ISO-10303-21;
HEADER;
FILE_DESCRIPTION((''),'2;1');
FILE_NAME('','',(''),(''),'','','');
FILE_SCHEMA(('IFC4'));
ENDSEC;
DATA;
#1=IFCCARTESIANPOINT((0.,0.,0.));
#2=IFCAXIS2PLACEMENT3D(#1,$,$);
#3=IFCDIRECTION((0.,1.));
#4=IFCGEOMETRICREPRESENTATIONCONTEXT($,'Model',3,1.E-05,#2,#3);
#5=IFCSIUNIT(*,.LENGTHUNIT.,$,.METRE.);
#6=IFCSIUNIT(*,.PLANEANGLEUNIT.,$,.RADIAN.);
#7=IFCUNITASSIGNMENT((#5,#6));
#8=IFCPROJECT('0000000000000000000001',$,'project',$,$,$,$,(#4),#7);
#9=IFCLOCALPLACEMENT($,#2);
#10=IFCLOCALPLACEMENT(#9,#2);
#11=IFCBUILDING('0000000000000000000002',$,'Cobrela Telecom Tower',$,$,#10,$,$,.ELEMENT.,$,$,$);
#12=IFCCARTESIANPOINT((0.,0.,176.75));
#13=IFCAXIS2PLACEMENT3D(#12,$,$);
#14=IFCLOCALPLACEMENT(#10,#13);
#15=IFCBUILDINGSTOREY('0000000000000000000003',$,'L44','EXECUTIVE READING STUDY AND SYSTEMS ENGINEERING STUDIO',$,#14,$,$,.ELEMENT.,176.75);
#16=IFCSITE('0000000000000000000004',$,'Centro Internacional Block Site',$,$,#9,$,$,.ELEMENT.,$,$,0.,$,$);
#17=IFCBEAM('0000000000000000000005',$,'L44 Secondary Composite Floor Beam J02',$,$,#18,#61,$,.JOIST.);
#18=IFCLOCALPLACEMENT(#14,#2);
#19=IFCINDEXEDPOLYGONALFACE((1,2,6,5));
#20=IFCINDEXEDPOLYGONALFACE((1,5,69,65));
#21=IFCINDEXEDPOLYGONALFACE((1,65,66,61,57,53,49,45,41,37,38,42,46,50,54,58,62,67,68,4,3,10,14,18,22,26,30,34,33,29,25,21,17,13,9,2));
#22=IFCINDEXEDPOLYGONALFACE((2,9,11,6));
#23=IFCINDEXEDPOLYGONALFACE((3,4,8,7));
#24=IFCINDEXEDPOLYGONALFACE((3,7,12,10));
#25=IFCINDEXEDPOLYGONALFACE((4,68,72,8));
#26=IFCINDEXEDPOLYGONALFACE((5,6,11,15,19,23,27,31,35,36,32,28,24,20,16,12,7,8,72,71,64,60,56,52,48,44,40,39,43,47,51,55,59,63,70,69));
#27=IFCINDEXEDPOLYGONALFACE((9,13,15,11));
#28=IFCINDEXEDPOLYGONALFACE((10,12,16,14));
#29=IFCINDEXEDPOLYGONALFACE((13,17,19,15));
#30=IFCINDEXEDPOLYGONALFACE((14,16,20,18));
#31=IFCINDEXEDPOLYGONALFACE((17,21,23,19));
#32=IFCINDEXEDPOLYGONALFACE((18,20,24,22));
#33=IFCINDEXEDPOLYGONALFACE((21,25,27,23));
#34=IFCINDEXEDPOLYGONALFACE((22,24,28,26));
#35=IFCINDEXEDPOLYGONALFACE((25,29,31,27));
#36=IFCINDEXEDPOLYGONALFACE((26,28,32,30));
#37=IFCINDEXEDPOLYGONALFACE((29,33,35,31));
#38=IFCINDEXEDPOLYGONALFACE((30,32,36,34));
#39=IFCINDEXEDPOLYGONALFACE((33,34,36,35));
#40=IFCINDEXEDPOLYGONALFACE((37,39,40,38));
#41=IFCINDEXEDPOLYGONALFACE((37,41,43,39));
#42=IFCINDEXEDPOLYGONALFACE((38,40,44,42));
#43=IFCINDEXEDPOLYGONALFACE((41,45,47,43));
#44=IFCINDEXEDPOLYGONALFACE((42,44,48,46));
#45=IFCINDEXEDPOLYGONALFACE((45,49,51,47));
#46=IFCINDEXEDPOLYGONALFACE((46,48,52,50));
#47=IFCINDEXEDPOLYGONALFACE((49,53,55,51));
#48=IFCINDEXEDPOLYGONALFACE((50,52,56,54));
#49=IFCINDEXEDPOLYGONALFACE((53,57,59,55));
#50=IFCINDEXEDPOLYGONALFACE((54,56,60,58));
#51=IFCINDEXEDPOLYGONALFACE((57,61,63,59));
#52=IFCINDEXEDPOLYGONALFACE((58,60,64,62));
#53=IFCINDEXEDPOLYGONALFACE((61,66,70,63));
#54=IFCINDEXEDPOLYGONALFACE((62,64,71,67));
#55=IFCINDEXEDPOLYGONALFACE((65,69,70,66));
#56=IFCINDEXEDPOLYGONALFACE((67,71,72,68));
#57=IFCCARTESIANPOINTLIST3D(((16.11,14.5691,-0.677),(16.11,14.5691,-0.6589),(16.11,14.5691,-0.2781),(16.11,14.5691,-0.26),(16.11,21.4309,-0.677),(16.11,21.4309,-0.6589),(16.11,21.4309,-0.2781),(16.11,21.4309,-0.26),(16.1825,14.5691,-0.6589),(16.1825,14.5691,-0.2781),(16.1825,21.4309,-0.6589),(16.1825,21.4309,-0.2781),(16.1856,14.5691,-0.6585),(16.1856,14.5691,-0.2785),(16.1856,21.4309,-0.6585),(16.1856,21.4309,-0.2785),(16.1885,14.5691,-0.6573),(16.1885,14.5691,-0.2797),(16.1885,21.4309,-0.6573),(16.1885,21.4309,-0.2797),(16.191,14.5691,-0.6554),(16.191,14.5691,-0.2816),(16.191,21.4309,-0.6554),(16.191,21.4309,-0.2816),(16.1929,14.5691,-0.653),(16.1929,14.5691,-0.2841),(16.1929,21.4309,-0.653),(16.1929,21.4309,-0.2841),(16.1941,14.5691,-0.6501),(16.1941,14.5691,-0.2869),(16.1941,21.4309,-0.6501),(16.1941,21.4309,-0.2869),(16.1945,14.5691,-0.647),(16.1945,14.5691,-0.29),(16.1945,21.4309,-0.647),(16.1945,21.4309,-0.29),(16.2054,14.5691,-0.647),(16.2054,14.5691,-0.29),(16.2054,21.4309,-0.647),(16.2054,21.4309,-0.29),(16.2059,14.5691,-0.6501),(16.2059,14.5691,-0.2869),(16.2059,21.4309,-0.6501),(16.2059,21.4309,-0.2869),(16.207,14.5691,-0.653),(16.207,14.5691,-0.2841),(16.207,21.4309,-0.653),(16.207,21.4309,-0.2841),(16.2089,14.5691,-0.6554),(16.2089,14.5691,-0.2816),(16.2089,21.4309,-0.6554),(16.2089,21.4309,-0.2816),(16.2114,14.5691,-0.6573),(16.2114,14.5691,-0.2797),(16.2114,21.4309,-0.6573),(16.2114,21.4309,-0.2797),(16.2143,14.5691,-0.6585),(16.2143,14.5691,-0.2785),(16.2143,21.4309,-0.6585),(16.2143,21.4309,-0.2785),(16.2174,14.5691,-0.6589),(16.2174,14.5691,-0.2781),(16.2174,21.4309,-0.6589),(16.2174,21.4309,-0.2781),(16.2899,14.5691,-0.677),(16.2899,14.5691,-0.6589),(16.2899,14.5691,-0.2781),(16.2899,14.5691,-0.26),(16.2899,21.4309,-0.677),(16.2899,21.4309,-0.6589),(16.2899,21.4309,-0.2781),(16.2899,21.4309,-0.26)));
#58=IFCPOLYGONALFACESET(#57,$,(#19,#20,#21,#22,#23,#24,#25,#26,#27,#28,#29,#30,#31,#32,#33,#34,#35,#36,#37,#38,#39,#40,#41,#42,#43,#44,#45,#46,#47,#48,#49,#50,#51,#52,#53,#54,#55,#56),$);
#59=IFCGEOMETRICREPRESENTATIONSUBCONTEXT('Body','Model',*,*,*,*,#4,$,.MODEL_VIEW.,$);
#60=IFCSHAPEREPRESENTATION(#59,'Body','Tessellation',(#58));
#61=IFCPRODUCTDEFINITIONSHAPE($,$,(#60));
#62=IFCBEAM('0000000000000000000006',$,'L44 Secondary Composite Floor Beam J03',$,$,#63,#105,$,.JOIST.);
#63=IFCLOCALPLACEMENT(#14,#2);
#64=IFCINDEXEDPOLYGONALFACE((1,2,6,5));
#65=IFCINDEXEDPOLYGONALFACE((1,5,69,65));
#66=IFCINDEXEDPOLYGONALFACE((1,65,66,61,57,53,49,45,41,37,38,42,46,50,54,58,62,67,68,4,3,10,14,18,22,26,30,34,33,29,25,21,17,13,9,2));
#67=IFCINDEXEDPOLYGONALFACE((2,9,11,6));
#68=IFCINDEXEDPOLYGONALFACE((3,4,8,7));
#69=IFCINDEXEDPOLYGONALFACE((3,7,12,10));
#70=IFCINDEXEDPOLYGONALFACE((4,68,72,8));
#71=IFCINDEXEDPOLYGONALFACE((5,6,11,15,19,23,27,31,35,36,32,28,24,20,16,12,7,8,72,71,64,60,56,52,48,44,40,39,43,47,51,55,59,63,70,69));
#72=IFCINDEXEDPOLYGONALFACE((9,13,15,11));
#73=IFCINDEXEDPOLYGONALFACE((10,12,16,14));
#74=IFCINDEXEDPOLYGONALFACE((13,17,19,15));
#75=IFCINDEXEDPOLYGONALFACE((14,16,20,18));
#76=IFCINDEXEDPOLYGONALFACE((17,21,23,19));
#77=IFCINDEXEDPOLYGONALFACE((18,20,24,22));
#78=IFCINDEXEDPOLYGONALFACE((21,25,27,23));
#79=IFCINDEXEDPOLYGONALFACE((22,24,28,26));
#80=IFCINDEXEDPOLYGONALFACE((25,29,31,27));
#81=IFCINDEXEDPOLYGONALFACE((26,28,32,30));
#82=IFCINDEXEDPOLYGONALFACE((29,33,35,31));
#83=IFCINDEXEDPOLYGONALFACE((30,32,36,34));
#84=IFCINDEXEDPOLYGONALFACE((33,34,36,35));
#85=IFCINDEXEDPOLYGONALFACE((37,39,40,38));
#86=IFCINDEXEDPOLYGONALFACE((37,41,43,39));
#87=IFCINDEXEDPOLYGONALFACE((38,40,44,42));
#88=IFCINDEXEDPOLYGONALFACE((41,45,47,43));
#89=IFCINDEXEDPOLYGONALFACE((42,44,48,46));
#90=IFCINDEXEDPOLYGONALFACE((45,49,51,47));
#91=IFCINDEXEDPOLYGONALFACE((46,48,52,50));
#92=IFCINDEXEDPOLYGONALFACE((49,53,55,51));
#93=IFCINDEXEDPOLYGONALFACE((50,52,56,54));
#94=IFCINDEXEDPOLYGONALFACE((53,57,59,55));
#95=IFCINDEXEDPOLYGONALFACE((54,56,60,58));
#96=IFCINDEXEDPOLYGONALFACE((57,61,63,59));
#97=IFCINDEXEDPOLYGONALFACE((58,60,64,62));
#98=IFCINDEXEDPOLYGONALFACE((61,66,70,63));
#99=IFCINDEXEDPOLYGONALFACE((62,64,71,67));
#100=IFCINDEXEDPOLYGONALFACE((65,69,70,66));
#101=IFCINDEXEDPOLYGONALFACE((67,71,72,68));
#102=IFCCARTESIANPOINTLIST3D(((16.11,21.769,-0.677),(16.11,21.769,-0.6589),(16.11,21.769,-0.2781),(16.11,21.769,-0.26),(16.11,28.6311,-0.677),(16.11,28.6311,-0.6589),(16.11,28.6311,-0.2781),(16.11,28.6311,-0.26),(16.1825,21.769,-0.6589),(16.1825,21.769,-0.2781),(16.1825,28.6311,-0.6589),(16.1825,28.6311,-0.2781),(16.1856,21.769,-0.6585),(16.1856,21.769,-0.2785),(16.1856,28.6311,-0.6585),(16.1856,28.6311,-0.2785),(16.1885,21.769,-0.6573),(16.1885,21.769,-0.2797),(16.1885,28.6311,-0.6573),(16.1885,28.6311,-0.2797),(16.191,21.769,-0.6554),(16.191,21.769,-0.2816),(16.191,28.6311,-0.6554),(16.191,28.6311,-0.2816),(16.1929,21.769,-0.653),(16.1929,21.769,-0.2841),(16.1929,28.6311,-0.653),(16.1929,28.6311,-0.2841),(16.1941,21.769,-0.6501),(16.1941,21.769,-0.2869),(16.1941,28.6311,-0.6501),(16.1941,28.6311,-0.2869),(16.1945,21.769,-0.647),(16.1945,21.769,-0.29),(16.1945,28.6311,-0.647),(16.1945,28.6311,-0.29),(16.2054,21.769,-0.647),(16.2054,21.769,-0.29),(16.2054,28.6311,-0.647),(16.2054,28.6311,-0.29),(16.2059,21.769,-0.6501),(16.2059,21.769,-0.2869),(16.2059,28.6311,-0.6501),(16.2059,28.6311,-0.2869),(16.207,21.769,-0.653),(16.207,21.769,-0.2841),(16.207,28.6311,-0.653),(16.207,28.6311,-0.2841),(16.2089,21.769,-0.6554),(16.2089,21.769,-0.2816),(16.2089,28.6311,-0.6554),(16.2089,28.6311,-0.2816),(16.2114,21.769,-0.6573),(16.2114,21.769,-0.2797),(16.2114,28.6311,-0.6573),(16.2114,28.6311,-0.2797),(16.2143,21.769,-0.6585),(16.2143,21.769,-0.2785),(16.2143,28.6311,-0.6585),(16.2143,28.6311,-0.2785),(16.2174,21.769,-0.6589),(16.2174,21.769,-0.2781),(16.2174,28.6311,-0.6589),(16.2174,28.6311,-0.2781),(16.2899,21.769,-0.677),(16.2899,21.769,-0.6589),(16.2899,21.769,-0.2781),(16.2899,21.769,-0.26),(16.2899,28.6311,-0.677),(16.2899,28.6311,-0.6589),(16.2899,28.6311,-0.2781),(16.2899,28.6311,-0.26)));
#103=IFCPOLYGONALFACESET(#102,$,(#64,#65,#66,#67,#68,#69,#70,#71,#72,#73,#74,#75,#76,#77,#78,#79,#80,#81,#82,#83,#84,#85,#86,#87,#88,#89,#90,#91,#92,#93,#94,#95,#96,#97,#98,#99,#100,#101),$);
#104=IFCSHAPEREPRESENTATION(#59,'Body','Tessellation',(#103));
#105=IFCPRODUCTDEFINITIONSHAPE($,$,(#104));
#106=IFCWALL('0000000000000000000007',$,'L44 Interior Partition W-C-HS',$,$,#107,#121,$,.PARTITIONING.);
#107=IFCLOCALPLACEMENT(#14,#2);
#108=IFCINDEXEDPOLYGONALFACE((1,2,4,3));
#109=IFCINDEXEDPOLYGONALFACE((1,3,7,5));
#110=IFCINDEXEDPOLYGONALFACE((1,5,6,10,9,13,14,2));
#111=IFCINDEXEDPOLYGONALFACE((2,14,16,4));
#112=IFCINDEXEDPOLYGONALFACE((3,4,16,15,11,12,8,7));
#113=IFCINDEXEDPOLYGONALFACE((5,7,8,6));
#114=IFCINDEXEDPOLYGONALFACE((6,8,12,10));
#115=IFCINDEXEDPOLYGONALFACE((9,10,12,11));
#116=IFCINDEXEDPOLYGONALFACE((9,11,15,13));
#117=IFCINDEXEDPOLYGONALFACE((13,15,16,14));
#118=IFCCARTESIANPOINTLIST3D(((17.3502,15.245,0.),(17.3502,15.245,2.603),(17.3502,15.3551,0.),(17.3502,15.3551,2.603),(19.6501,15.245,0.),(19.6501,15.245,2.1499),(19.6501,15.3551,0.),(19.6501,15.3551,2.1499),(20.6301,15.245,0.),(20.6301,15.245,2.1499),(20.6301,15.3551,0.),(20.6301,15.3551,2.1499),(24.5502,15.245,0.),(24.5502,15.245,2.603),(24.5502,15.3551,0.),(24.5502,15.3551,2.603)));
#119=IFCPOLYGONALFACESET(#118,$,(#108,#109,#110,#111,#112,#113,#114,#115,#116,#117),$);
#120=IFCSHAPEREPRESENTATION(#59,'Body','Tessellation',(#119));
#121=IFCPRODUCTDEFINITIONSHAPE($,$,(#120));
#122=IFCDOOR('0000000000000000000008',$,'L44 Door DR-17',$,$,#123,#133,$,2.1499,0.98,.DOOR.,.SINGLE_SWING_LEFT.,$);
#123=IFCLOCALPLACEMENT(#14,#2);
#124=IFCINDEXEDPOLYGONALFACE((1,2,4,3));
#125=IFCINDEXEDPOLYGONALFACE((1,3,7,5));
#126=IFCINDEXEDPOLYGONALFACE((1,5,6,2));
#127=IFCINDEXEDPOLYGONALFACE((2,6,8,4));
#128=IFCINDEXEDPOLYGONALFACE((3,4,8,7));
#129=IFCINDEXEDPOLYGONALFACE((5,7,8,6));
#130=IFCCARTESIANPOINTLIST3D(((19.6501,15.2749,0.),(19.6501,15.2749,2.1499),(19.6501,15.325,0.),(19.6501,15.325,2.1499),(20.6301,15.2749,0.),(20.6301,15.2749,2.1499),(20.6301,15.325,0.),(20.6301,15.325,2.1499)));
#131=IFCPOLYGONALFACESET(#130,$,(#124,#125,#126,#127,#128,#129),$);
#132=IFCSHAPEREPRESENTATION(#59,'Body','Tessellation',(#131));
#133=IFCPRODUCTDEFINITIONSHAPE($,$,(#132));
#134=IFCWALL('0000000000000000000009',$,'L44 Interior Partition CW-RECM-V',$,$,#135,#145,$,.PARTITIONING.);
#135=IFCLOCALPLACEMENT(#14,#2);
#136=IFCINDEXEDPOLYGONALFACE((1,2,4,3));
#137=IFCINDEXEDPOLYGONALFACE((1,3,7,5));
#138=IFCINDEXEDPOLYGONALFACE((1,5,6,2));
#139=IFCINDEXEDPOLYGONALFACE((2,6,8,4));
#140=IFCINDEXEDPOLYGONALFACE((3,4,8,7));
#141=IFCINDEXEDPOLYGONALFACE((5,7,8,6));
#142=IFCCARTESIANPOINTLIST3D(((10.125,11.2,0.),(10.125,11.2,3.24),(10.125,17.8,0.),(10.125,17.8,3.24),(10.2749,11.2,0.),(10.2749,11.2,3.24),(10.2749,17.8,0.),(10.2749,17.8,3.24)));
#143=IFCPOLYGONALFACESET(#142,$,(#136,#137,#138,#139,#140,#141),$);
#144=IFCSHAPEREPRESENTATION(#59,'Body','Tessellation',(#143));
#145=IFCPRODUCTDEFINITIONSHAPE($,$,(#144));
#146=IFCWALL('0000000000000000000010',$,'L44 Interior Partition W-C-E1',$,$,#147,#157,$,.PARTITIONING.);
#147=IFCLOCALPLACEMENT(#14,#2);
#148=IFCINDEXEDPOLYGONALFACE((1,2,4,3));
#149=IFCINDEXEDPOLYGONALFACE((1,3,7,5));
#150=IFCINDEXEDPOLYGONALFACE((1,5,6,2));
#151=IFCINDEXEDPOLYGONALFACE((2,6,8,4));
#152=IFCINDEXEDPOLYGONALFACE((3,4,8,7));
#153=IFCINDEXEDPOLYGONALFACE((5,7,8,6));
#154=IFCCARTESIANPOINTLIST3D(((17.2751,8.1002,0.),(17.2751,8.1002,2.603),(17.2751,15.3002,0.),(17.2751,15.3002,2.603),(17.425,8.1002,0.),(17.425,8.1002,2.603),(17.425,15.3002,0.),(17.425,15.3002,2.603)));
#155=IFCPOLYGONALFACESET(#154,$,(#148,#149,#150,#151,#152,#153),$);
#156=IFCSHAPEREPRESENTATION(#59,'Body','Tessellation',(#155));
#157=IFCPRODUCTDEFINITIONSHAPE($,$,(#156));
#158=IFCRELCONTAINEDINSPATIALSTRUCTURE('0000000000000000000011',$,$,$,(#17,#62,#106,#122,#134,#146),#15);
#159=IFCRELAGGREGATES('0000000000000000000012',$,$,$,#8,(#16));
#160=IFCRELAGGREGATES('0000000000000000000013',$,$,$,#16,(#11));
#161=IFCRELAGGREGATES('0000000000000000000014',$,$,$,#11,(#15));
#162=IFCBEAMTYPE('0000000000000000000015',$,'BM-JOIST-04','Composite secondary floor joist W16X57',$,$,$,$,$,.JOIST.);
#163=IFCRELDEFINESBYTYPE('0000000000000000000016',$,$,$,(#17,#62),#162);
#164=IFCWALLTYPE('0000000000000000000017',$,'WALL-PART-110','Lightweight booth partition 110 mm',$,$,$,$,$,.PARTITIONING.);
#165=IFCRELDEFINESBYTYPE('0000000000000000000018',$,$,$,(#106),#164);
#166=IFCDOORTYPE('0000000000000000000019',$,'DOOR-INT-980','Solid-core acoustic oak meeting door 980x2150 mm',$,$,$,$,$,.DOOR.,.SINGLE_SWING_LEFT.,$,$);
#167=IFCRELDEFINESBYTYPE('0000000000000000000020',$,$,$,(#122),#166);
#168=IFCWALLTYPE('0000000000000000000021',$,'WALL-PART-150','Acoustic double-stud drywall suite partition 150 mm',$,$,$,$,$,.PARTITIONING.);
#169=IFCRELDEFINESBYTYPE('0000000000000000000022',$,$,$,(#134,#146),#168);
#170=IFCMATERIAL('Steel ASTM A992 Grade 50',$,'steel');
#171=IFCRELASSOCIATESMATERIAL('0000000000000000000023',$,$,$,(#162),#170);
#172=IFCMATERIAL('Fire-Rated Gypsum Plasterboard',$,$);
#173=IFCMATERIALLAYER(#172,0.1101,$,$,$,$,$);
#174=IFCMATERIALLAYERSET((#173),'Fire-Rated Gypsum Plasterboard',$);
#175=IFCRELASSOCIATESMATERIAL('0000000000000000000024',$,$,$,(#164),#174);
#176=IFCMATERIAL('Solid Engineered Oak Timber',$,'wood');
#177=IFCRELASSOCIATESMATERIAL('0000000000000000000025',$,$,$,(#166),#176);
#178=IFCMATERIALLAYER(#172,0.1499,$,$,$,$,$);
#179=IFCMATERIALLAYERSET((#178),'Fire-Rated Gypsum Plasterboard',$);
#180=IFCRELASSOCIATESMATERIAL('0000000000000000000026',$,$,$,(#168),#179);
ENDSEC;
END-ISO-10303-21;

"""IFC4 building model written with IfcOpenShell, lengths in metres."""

from ifc_helpers import new_model, si_unit, direction, frame, frame_2d, origin, origin_2d, place, context, subcontext, project, spatial, rectangle, i_section, extrude, material, layer, layer_set, material_profile, profile_set, type_object, element, fill, save


model = new_model("IFC4")

# Units and contexts
model_context = context("Model", 3, precision=1e-05, world=origin(), true_north=direction((0.0, 1.0)))
body_context = subcontext(model_context, "Body", "Model", "MODEL_VIEW")
ifc_project = project(units=[si_unit("LENGTHUNIT", "METRE"), si_unit("PLANEANGLEUNIT", "RADIAN")], contexts=[model_context])

# Site, building, storey
site_placement = place(None, origin())
site = spatial("IfcSite", under=ifc_project, at=site_placement, Name="Centro Internacional Block Site", CompositionType="ELEMENT", RefElevation=0.0)
building_placement = place(site_placement, origin())
building = spatial("IfcBuilding", under=site, at=building_placement, Name="Cobrela Telecom Tower", CompositionType="ELEMENT")
storey_placement = place(building_placement, frame((0.0, 0.0, 176.75)))
storey = spatial("IfcBuildingStorey", under=building, at=storey_placement, Name="L44", Description="EXECUTIVE READING STUDY AND SYSTEMS ENGINEERING STUDIO", CompositionType="ELEMENT", Elevation=176.75)

# Beams
ifc_material_1 = material(Name="Steel ASTM A992 Grade 50", Category="steel")
ifc_material_profile_1 = material_profile(ifc_material_1, i_section(OverallWidth=0.1799, OverallDepth=0.417, WebThickness=0.011, FlangeThickness=0.0181, FilletRadius=0.012, at=origin_2d()), Name="W16X57")
ifc_profile_set_1 = profile_set([ifc_material_profile_1], Name="Steel ASTM A992 Grade 50")
beam_type_1 = type_object("IfcBeamType", Name="BM-JOIST-04", Description="Composite secondary floor joist W16X57", PredefinedType="JOIST", material=ifc_profile_set_1)
beam_1_placement = place(storey_placement, frame((16.2, 14.5691, -0.4685), z_axis=(0.0, 1.0, 0.0), x_axis=(-1.0, 0.0, 0.0)))
element("IfcBeam", 1, at=beam_1_placement, inside=storey, type_object=beam_type_1, Name="L44 Secondary Composite Floor Beam J02", PredefinedType="JOIST", context=body_context, shape_type="SweptSolid", body=[
    extrude(i_section(OverallWidth=0.1799, OverallDepth=0.417, WebThickness=0.011, FlangeThickness=0.0181, FilletRadius=0.012, at=origin_2d()), origin(), (0.0, 0.0, 1.0), 6.8618),
])
beam_2_placement = place(storey_placement, frame((16.2, 21.769, -0.4685), z_axis=(0.0, 1.0, 0.0), x_axis=(-1.0, 0.0, 0.0)))
element("IfcBeam", 2, at=beam_2_placement, inside=storey, type_object=beam_type_1, Name="L44 Secondary Composite Floor Beam J03", PredefinedType="JOIST", context=body_context, shape_type="SweptSolid", body=[
    extrude(i_section(OverallWidth=0.1799, OverallDepth=0.417, WebThickness=0.011, FlangeThickness=0.0181, FilletRadius=0.012, at=origin_2d()), origin(), (0.0, 0.0, 1.0), 6.8621),
])

# Wall, opening, door
ifc_material_2 = material(Name="Fire-Rated Gypsum Plasterboard")
ifc_layer_1 = layer(ifc_material_2, 0.1101)
ifc_layer_set_1 = layer_set([ifc_layer_1], Name="Fire-Rated Gypsum Plasterboard")
wall_type_1 = type_object("IfcWallType", Name="WALL-PART-110", Description="Lightweight booth partition 110 mm", PredefinedType="PARTITIONING", material=ifc_layer_set_1)
wall_1_placement = place(storey_placement, frame((17.3501, 15.3, 0.0), z_axis=(0.0, 0.0, 1.0), x_axis=(1.0, 0.0, 0.0)))
wall_1 = element("IfcWall", 3, at=wall_1_placement, inside=storey, type_object=wall_type_1, Name="L44 Interior Partition W-C-HS", PredefinedType="PARTITIONING", context=body_context, shape_type="SweptSolid", body=[
    extrude(rectangle(XDim=7.2, YDim=0.1101, at=frame_2d((3.6001, 0.0))), origin(), (0.0, 0.0, 1.0), 2.603),
])
opening_1_placement = place(wall_1_placement, frame((2.3, 0.0, 0.0)))
opening_1 = element("IfcOpeningElement", 4, at=opening_1_placement, cuts=wall_1, PredefinedType="OPENING", context=body_context, shape_type="SweptSolid", body=[
    extrude(rectangle(XDim=0.98, YDim=2.1499, at=frame_2d((0.49, 1.075))), frame((0.0, 0.0669, 0.0), z_axis=(0.0, -1.0, 0.0), x_axis=(1.0, 0.0, 0.0)), (0.0, 0.0, 1.0), 0.134),
])
ifc_material_3 = material(Name="Solid Engineered Oak Timber", Category="wood")
door_type_1 = type_object("IfcDoorType", Name="DOOR-INT-980", Description="Solid-core acoustic oak meeting door 980x2150 mm", OperationType="SINGLE_SWING_LEFT", PredefinedType="DOOR", material=ifc_material_3)
door_1_placement = place(opening_1_placement, origin())
door_1 = element("IfcDoor", 5, at=door_1_placement, inside=storey, type_object=door_type_1, Name="L44 Door DR-17", OperationType="SINGLE_SWING_LEFT", OverallHeight=2.1499, OverallWidth=0.98, PredefinedType="DOOR", context=body_context, shape_type="SweptSolid", body=[
    extrude(rectangle(XDim=0.98, YDim=2.1499, at=frame_2d((0.49, 1.075))), frame((0.0, 0.0249, 0.0), z_axis=(0.0, -1.0, 0.0), x_axis=(1.0, 0.0, 0.0)), (0.0, 0.0, 1.0), 0.05),
])
fill(opening_1, door_1)

# Walls
ifc_layer_2 = layer(ifc_material_2, 0.1499)
ifc_layer_set_2 = layer_set([ifc_layer_2], Name="Fire-Rated Gypsum Plasterboard")
wall_type_2 = type_object("IfcWallType", Name="WALL-PART-150", Description="Acoustic double-stud drywall suite partition 150 mm", PredefinedType="PARTITIONING", material=ifc_layer_set_2)
wall_2_placement = place(storey_placement, frame((10.2, 11.2, 0.0), z_axis=(0.0, 0.0, 1.0), x_axis=(0.0, 1.0, 0.0)))
element("IfcWall", 6, at=wall_2_placement, inside=storey, type_object=wall_type_2, Name="L44 Interior Partition CW-RECM-V", PredefinedType="PARTITIONING", context=body_context, shape_type="SweptSolid", body=[
    extrude(rectangle(XDim=6.6001, YDim=0.1499, at=frame_2d((3.3, 0.0))), origin(), (0.0, 0.0, 1.0), 3.24),
])
wall_3_placement = place(storey_placement, frame((17.3501, 8.1001, 0.0), z_axis=(0.0, 0.0, 1.0), x_axis=(0.0, 1.0, 0.0)))
element("IfcWall", 7, at=wall_3_placement, inside=storey, type_object=wall_type_2, Name="L44 Interior Partition W-C-E1", PredefinedType="PARTITIONING", context=body_context, shape_type="SweptSolid", body=[
    extrude(rectangle(XDim=7.2, YDim=0.1499, at=frame_2d((3.6001, 0.0))), origin(), (0.0, 0.0, 1.0), 2.603),
])

save(model, "model.ifc")
